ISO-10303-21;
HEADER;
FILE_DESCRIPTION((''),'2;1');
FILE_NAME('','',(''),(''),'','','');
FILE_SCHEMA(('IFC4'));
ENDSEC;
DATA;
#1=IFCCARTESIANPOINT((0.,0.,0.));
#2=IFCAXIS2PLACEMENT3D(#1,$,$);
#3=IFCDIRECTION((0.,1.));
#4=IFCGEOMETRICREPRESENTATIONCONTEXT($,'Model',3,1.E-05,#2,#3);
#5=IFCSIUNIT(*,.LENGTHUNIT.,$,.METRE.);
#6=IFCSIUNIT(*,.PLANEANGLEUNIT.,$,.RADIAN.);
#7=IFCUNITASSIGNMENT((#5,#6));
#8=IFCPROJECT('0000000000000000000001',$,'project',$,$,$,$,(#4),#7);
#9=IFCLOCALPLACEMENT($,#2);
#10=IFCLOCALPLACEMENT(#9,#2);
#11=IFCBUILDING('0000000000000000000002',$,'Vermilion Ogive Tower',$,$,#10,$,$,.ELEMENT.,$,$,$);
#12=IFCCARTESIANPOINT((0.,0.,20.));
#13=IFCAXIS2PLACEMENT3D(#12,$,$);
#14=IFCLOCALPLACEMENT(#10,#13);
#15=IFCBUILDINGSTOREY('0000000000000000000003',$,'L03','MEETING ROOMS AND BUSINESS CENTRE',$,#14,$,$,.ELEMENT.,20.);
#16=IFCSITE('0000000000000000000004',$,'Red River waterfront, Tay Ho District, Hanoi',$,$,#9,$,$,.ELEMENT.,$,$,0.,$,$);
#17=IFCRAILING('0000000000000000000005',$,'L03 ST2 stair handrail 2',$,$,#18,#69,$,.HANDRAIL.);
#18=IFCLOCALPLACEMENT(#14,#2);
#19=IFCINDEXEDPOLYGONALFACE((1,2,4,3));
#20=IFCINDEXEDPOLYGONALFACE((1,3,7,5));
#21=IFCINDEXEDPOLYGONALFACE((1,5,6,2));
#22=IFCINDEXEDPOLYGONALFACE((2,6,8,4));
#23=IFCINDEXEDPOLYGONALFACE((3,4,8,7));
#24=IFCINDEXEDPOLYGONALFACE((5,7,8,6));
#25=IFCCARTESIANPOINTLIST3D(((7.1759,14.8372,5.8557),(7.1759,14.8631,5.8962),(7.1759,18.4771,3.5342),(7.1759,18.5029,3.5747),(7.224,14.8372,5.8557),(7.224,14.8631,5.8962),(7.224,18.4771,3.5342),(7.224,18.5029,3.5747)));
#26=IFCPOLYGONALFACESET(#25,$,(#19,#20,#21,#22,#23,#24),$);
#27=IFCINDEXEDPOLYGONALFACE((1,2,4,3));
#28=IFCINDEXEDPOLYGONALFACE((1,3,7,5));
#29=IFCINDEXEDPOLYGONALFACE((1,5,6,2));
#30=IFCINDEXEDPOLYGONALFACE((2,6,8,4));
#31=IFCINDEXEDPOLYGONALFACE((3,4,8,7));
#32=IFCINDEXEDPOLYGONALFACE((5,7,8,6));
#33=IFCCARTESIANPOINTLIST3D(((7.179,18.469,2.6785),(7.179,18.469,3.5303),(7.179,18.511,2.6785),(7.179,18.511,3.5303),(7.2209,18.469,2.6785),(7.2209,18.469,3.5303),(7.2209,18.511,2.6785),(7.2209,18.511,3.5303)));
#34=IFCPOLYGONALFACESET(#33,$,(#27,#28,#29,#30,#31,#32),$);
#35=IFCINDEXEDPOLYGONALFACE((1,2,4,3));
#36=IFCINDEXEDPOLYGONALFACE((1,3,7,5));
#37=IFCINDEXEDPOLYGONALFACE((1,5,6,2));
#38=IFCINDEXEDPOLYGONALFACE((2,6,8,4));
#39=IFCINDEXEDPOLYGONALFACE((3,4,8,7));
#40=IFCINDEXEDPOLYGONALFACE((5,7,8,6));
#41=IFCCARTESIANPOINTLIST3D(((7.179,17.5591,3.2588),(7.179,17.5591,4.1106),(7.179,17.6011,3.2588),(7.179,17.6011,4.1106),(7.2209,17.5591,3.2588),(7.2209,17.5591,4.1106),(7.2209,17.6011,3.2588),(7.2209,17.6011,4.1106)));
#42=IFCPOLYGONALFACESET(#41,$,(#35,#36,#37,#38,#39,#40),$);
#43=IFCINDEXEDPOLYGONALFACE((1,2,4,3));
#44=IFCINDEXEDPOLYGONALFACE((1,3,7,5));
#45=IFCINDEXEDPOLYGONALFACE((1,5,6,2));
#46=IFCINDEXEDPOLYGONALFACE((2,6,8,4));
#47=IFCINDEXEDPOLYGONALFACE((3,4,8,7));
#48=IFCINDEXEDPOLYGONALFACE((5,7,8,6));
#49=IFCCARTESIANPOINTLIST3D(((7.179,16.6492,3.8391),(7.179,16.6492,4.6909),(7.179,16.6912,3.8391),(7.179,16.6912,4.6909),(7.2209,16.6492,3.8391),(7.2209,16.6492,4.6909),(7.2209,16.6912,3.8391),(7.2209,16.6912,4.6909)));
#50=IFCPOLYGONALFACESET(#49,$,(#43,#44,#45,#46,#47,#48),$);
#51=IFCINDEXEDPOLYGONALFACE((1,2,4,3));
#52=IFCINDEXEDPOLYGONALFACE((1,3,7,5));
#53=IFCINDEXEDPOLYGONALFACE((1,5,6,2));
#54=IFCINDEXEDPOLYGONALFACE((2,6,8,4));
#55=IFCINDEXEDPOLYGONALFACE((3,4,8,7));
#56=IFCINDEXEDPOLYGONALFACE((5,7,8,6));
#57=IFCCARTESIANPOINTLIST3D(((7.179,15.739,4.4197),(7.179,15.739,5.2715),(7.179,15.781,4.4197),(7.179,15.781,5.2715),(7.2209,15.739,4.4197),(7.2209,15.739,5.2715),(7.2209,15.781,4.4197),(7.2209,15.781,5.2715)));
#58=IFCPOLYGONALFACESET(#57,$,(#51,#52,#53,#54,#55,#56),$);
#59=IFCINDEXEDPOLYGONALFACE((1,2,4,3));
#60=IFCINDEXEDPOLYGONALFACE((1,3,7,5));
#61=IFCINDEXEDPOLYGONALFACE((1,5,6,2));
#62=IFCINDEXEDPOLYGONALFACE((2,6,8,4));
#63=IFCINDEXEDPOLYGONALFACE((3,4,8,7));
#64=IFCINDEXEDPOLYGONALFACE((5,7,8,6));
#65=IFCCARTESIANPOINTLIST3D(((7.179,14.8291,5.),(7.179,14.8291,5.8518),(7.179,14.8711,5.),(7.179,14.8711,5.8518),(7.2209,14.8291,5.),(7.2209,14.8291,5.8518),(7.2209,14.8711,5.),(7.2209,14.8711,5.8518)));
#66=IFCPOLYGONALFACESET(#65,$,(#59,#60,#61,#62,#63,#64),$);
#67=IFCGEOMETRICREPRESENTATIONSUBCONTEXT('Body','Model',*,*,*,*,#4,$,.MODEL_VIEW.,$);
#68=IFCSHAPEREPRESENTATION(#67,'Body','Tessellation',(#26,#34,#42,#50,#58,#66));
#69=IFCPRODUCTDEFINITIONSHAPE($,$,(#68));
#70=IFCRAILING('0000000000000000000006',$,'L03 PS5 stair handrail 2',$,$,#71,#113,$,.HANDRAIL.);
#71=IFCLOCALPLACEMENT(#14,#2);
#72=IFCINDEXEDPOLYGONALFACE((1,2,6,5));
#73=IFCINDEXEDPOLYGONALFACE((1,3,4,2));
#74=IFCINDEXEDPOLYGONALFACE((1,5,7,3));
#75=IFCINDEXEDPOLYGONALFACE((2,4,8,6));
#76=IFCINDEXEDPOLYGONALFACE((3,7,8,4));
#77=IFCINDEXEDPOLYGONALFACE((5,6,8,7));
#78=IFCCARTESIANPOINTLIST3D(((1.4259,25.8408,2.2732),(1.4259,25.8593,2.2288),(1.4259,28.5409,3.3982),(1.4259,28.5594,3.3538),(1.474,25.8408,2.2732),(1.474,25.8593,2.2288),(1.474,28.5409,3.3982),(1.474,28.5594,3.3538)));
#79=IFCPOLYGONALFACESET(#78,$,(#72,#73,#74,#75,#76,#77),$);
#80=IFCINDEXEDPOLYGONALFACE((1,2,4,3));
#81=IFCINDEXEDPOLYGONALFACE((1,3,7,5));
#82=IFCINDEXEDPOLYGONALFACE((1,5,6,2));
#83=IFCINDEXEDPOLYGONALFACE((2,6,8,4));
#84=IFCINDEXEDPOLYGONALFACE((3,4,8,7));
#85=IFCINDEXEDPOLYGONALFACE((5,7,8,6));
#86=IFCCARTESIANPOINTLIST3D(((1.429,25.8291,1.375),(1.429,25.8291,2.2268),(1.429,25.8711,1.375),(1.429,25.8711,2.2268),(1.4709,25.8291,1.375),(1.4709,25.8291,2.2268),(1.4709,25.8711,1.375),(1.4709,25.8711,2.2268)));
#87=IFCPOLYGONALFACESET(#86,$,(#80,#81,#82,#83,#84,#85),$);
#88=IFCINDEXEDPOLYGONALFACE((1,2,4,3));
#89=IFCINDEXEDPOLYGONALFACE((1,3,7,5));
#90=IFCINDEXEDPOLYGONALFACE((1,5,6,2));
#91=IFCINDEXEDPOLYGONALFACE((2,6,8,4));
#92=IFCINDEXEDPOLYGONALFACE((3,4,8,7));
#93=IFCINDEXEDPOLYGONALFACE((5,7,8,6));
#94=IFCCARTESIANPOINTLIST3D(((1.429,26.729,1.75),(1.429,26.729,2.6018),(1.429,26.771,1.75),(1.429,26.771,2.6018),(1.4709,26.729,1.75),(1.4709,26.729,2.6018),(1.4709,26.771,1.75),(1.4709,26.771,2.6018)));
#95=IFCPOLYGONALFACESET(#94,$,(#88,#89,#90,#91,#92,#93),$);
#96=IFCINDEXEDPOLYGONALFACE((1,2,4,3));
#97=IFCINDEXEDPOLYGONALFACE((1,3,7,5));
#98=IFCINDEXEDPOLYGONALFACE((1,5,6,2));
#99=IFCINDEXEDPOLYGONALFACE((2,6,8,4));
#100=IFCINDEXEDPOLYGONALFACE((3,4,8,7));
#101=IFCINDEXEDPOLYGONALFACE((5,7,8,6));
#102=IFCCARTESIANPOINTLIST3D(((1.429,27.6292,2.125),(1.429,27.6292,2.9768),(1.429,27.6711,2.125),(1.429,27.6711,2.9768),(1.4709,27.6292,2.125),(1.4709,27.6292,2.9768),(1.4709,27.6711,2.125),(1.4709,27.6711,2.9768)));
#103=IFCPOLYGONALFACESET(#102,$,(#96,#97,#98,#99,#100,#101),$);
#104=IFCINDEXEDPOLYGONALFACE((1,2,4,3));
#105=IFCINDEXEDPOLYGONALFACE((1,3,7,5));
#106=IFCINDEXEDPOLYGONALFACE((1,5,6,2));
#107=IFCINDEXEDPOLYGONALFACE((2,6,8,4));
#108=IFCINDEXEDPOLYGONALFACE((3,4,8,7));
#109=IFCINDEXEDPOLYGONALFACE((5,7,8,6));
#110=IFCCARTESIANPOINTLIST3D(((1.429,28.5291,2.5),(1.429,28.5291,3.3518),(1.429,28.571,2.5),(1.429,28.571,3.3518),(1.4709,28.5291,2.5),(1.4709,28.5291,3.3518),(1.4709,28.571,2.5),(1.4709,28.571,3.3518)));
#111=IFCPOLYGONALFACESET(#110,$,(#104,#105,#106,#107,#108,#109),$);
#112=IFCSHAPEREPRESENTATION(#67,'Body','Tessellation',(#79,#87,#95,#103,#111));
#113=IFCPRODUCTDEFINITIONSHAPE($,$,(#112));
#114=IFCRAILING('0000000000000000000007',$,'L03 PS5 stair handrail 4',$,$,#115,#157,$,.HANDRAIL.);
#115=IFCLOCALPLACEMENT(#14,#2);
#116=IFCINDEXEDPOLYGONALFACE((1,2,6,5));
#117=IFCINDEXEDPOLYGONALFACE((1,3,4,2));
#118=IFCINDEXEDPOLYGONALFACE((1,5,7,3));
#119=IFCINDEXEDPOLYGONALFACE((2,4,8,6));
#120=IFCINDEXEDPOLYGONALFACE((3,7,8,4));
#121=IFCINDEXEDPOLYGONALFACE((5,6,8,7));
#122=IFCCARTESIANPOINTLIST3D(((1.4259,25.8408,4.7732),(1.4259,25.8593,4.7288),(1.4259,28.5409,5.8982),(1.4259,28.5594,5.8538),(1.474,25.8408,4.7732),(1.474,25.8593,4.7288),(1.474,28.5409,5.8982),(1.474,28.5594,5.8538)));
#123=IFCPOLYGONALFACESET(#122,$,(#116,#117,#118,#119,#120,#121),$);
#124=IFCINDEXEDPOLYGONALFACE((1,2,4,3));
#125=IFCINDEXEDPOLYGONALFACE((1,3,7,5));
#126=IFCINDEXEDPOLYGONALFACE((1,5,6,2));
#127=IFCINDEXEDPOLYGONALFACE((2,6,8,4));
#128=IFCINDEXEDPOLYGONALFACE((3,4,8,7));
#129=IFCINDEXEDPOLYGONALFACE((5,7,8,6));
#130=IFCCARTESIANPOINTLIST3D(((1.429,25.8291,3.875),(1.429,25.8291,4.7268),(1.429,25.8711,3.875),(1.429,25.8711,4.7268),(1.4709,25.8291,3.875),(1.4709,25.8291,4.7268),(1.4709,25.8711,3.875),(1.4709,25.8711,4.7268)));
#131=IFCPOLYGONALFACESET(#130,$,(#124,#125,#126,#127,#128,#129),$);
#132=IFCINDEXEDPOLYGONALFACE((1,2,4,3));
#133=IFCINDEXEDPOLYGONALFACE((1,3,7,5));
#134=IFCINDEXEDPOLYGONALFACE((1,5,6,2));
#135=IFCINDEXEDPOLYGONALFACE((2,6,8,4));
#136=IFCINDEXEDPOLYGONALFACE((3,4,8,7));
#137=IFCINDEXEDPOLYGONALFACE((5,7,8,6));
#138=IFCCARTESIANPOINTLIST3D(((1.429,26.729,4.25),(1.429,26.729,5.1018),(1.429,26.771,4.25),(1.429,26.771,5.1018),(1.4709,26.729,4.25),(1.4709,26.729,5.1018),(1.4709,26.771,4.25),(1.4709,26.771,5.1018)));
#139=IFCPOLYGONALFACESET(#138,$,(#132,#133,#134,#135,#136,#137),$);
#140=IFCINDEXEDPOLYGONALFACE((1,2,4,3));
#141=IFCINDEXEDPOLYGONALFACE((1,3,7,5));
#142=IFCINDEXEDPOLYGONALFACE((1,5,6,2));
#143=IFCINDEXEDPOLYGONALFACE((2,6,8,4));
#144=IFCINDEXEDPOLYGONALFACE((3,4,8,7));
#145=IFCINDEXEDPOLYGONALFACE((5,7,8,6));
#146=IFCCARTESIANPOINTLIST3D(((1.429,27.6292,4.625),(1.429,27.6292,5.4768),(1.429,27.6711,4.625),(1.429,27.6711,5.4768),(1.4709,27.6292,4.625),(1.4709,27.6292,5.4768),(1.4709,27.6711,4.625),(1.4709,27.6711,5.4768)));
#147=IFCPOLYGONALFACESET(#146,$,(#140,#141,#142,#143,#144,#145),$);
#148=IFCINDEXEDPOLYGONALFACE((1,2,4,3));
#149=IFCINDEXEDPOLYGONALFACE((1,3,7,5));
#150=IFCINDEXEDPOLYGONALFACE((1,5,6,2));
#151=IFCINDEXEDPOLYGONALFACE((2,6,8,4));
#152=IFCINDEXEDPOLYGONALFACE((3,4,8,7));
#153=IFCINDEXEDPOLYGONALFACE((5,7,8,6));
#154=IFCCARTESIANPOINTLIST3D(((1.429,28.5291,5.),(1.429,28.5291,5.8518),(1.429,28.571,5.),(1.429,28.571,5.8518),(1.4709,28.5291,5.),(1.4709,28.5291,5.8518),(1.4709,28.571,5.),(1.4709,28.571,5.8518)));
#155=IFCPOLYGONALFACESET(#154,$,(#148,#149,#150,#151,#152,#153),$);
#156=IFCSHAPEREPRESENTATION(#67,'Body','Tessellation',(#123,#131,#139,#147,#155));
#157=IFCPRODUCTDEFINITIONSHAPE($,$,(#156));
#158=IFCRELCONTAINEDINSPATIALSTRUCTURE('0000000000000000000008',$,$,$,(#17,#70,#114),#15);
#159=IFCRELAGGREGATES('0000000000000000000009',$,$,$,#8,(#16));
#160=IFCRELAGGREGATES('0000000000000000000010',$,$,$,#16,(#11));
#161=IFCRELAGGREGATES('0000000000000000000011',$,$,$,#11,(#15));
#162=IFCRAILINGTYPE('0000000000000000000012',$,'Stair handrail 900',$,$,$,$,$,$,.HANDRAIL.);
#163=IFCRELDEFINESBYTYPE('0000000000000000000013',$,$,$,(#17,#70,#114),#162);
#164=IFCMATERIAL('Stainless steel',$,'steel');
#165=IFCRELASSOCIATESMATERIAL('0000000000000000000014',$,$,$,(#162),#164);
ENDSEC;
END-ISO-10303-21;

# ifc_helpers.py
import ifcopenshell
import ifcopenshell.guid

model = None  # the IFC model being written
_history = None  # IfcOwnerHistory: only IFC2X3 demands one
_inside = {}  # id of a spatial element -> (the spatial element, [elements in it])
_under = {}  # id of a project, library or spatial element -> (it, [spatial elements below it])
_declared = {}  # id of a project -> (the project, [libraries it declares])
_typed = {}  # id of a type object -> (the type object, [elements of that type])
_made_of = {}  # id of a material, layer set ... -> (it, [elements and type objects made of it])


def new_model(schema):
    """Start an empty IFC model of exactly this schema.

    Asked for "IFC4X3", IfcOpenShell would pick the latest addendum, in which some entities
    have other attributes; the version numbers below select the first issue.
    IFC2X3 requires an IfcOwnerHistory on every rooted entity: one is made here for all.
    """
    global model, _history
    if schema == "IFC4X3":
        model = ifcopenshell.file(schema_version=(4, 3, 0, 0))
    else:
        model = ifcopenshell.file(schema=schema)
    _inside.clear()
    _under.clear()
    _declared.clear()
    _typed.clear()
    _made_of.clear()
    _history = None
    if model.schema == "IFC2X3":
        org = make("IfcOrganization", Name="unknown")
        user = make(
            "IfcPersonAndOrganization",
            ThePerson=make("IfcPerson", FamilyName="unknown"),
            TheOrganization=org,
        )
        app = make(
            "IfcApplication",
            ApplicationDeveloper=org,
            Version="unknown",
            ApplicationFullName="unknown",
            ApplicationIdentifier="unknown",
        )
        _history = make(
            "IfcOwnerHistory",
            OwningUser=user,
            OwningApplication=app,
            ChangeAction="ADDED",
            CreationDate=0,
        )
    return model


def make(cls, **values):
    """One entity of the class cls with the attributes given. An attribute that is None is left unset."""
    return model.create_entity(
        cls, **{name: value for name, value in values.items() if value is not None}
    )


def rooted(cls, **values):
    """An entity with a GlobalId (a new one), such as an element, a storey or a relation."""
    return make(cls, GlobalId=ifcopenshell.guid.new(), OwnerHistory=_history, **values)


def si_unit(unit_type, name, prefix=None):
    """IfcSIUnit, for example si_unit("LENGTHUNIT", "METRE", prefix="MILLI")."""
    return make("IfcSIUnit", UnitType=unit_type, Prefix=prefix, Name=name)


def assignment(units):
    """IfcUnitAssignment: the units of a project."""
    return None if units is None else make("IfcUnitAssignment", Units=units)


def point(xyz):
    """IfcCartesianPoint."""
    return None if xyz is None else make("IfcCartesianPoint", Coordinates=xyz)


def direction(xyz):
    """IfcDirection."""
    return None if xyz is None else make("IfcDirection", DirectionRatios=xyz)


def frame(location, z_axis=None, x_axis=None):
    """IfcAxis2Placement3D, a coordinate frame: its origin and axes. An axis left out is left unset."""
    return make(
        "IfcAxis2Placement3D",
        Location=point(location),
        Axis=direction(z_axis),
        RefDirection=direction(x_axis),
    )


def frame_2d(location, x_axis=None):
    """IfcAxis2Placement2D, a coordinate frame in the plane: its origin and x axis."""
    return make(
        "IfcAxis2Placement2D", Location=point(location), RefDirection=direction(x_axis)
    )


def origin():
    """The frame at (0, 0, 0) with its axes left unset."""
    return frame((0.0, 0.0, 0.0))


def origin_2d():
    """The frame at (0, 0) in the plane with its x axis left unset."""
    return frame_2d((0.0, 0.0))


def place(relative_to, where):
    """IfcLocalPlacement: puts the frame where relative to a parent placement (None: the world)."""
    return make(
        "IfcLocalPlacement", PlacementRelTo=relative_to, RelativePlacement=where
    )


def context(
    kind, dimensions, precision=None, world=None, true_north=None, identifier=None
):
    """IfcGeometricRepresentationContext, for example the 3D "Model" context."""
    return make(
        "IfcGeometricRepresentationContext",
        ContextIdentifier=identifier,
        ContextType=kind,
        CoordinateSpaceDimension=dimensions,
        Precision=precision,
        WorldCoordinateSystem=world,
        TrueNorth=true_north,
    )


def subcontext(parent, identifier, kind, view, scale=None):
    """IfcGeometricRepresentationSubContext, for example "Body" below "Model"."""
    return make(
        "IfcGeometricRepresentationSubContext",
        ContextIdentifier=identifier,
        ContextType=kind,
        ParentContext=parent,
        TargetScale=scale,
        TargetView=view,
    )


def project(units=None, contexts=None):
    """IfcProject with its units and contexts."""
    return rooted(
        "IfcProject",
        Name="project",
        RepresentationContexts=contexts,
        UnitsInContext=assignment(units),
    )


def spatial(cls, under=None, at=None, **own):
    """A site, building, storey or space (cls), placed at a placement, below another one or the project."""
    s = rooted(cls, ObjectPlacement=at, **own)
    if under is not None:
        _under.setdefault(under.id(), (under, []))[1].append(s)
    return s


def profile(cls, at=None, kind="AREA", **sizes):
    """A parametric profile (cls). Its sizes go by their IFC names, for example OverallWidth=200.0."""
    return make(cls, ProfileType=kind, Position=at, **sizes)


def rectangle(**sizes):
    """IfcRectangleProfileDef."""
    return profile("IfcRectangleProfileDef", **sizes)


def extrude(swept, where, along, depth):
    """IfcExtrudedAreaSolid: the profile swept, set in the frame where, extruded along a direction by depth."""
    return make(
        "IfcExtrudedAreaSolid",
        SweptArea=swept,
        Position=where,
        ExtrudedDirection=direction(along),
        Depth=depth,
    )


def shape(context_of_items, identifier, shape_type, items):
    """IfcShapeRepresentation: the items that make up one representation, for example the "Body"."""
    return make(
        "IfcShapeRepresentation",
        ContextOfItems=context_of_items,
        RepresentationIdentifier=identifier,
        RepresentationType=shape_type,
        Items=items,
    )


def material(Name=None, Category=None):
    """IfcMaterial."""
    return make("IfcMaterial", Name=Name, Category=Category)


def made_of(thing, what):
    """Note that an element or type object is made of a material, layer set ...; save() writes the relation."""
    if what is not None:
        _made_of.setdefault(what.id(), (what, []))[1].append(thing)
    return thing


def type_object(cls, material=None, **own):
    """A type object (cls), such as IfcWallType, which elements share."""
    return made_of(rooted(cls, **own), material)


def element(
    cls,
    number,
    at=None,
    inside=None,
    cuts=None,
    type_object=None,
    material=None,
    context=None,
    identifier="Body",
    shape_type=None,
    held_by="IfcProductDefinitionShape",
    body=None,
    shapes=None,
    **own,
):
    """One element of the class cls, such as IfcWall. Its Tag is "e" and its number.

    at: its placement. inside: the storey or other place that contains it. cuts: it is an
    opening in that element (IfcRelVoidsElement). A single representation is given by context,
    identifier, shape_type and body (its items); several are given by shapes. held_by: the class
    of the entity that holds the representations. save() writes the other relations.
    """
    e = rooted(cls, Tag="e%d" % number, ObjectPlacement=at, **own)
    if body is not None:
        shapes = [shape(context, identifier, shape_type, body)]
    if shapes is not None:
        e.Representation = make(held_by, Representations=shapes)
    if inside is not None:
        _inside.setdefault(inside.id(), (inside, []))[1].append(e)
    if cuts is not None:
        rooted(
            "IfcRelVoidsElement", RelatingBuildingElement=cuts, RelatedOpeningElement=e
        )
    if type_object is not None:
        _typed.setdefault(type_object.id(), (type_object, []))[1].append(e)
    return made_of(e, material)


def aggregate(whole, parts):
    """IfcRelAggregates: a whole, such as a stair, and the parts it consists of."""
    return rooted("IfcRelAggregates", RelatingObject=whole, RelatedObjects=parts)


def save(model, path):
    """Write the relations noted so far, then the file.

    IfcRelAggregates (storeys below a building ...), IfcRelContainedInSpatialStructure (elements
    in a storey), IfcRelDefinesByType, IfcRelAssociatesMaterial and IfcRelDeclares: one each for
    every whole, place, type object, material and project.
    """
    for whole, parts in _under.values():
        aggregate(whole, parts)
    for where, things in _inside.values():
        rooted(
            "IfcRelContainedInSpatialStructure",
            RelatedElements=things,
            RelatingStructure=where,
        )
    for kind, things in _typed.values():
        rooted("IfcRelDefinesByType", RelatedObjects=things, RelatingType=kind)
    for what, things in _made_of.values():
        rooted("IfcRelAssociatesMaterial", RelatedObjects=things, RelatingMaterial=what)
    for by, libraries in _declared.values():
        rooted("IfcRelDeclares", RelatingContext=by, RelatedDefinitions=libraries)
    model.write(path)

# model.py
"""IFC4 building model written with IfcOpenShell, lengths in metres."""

from ifc_helpers import new_model, si_unit, direction, frame, origin, origin_2d, place, context, subcontext, project, spatial, rectangle, extrude, material, type_object, element, save


model = new_model("IFC4")

# Units and contexts
model_context = context("Model", 3, precision=1e-05, world=origin(), true_north=direction((0.0, 1.0)))
body_context = subcontext(model_context, "Body", "Model", "MODEL_VIEW")
ifc_project = project(units=[si_unit("LENGTHUNIT", "METRE"), si_unit("PLANEANGLEUNIT", "RADIAN")], contexts=[model_context])

# Site, building, storey
site_placement = place(None, origin())
site = spatial("IfcSite", under=ifc_project, at=site_placement, Name="Red River waterfront, Tay Ho District, Hanoi", CompositionType="ELEMENT", RefElevation=0.0)
building_placement = place(site_placement, origin())
building = spatial("IfcBuilding", under=site, at=building_placement, Name="Vermilion Ogive Tower", CompositionType="ELEMENT")
storey_placement = place(building_placement, frame((0.0, 0.0, 20.0)))
storey = spatial("IfcBuildingStorey", under=building, at=storey_placement, Name="L03", Description="MEETING ROOMS AND BUSINESS CENTRE", CompositionType="ELEMENT", Elevation=20.0)

# Railings
ifc_material_1 = material(Name="Stainless steel", Category="steel")
railing_type_1 = type_object("IfcRailingType", Name="Stair handrail 900", PredefinedType="HANDRAIL", material=ifc_material_1)
railing_1_placement = place(storey_placement, frame((7.2, 18.49, 2.6785)))
element("IfcRailing", 1, at=railing_1_placement, inside=storey, type_object=railing_type_1, Name="L03 ST2 stair handrail 2", PredefinedType="HANDRAIL", context=body_context, shape_type="SweptSolid", body=[
    extrude(rectangle(XDim=0.0481, YDim=0.0481, at=origin_2d()), frame((0.0, 0.0, 0.876), z_axis=(0.0, -0.843112, 0.537739), x_axis=(1.0, 0.0, 0.0)), (0.0, 0.0, 1.0), 4.3171),
    extrude(rectangle(XDim=0.042, YDim=0.042, at=origin_2d()), origin(), (0.0, 0.0, 1.0), 0.8518),
    extrude(rectangle(XDim=0.042, YDim=0.042, at=origin_2d()), frame((0.0, -0.9099, 0.5803)), (0.0, 0.0, 1.0), 0.8518),
    extrude(rectangle(XDim=0.042, YDim=0.042, at=origin_2d()), frame((0.0, -1.8198, 1.1606)), (0.0, 0.0, 1.0), 0.8518),
    extrude(rectangle(XDim=0.042, YDim=0.042, at=origin_2d()), frame((0.0, -2.73, 1.7412)), (0.0, 0.0, 1.0), 0.8518),
    extrude(rectangle(XDim=0.042, YDim=0.042, at=origin_2d()), frame((0.0, -3.6399, 2.3215)), (0.0, 0.0, 1.0), 0.8518),
])
for number, where, name in (
    (2, (1.45, 25.8501, 1.375), "L03 PS5 stair handrail 2"),
    (3, (1.45, 25.8501, 3.875), "L03 PS5 stair handrail 4"),
):
    element("IfcRailing", number, at=place(storey_placement, frame(where)), inside=storey, type_object=railing_type_1, Name=name, PredefinedType="HANDRAIL", context=body_context, shape_type="SweptSolid", body=[
        extrude(rectangle(XDim=0.0481, YDim=0.0481, at=origin_2d()), frame((0.0, 0.0, 0.876), z_axis=(0.0, 0.923074, 0.384621), x_axis=(-1.0, 0.0, 0.0)), (0.0, 0.0, 1.0), 2.925),
        extrude(rectangle(XDim=0.042, YDim=0.042, at=origin_2d()), origin(), (0.0, 0.0, 1.0), 0.8518),
        extrude(rectangle(XDim=0.042, YDim=0.042, at=origin_2d()), frame((0.0, 0.8999, 0.375)), (0.0, 0.0, 1.0), 0.8518),
        extrude(rectangle(XDim=0.042, YDim=0.042, at=origin_2d()), frame((0.0, 1.8, 0.75)), (0.0, 0.0, 1.0), 0.8518),
        extrude(rectangle(XDim=0.042, YDim=0.042, at=origin_2d()), frame((0.0, 2.7, 1.125)), (0.0, 0.0, 1.0), 0.8518),
    ])

save(model, "model.ifc")
